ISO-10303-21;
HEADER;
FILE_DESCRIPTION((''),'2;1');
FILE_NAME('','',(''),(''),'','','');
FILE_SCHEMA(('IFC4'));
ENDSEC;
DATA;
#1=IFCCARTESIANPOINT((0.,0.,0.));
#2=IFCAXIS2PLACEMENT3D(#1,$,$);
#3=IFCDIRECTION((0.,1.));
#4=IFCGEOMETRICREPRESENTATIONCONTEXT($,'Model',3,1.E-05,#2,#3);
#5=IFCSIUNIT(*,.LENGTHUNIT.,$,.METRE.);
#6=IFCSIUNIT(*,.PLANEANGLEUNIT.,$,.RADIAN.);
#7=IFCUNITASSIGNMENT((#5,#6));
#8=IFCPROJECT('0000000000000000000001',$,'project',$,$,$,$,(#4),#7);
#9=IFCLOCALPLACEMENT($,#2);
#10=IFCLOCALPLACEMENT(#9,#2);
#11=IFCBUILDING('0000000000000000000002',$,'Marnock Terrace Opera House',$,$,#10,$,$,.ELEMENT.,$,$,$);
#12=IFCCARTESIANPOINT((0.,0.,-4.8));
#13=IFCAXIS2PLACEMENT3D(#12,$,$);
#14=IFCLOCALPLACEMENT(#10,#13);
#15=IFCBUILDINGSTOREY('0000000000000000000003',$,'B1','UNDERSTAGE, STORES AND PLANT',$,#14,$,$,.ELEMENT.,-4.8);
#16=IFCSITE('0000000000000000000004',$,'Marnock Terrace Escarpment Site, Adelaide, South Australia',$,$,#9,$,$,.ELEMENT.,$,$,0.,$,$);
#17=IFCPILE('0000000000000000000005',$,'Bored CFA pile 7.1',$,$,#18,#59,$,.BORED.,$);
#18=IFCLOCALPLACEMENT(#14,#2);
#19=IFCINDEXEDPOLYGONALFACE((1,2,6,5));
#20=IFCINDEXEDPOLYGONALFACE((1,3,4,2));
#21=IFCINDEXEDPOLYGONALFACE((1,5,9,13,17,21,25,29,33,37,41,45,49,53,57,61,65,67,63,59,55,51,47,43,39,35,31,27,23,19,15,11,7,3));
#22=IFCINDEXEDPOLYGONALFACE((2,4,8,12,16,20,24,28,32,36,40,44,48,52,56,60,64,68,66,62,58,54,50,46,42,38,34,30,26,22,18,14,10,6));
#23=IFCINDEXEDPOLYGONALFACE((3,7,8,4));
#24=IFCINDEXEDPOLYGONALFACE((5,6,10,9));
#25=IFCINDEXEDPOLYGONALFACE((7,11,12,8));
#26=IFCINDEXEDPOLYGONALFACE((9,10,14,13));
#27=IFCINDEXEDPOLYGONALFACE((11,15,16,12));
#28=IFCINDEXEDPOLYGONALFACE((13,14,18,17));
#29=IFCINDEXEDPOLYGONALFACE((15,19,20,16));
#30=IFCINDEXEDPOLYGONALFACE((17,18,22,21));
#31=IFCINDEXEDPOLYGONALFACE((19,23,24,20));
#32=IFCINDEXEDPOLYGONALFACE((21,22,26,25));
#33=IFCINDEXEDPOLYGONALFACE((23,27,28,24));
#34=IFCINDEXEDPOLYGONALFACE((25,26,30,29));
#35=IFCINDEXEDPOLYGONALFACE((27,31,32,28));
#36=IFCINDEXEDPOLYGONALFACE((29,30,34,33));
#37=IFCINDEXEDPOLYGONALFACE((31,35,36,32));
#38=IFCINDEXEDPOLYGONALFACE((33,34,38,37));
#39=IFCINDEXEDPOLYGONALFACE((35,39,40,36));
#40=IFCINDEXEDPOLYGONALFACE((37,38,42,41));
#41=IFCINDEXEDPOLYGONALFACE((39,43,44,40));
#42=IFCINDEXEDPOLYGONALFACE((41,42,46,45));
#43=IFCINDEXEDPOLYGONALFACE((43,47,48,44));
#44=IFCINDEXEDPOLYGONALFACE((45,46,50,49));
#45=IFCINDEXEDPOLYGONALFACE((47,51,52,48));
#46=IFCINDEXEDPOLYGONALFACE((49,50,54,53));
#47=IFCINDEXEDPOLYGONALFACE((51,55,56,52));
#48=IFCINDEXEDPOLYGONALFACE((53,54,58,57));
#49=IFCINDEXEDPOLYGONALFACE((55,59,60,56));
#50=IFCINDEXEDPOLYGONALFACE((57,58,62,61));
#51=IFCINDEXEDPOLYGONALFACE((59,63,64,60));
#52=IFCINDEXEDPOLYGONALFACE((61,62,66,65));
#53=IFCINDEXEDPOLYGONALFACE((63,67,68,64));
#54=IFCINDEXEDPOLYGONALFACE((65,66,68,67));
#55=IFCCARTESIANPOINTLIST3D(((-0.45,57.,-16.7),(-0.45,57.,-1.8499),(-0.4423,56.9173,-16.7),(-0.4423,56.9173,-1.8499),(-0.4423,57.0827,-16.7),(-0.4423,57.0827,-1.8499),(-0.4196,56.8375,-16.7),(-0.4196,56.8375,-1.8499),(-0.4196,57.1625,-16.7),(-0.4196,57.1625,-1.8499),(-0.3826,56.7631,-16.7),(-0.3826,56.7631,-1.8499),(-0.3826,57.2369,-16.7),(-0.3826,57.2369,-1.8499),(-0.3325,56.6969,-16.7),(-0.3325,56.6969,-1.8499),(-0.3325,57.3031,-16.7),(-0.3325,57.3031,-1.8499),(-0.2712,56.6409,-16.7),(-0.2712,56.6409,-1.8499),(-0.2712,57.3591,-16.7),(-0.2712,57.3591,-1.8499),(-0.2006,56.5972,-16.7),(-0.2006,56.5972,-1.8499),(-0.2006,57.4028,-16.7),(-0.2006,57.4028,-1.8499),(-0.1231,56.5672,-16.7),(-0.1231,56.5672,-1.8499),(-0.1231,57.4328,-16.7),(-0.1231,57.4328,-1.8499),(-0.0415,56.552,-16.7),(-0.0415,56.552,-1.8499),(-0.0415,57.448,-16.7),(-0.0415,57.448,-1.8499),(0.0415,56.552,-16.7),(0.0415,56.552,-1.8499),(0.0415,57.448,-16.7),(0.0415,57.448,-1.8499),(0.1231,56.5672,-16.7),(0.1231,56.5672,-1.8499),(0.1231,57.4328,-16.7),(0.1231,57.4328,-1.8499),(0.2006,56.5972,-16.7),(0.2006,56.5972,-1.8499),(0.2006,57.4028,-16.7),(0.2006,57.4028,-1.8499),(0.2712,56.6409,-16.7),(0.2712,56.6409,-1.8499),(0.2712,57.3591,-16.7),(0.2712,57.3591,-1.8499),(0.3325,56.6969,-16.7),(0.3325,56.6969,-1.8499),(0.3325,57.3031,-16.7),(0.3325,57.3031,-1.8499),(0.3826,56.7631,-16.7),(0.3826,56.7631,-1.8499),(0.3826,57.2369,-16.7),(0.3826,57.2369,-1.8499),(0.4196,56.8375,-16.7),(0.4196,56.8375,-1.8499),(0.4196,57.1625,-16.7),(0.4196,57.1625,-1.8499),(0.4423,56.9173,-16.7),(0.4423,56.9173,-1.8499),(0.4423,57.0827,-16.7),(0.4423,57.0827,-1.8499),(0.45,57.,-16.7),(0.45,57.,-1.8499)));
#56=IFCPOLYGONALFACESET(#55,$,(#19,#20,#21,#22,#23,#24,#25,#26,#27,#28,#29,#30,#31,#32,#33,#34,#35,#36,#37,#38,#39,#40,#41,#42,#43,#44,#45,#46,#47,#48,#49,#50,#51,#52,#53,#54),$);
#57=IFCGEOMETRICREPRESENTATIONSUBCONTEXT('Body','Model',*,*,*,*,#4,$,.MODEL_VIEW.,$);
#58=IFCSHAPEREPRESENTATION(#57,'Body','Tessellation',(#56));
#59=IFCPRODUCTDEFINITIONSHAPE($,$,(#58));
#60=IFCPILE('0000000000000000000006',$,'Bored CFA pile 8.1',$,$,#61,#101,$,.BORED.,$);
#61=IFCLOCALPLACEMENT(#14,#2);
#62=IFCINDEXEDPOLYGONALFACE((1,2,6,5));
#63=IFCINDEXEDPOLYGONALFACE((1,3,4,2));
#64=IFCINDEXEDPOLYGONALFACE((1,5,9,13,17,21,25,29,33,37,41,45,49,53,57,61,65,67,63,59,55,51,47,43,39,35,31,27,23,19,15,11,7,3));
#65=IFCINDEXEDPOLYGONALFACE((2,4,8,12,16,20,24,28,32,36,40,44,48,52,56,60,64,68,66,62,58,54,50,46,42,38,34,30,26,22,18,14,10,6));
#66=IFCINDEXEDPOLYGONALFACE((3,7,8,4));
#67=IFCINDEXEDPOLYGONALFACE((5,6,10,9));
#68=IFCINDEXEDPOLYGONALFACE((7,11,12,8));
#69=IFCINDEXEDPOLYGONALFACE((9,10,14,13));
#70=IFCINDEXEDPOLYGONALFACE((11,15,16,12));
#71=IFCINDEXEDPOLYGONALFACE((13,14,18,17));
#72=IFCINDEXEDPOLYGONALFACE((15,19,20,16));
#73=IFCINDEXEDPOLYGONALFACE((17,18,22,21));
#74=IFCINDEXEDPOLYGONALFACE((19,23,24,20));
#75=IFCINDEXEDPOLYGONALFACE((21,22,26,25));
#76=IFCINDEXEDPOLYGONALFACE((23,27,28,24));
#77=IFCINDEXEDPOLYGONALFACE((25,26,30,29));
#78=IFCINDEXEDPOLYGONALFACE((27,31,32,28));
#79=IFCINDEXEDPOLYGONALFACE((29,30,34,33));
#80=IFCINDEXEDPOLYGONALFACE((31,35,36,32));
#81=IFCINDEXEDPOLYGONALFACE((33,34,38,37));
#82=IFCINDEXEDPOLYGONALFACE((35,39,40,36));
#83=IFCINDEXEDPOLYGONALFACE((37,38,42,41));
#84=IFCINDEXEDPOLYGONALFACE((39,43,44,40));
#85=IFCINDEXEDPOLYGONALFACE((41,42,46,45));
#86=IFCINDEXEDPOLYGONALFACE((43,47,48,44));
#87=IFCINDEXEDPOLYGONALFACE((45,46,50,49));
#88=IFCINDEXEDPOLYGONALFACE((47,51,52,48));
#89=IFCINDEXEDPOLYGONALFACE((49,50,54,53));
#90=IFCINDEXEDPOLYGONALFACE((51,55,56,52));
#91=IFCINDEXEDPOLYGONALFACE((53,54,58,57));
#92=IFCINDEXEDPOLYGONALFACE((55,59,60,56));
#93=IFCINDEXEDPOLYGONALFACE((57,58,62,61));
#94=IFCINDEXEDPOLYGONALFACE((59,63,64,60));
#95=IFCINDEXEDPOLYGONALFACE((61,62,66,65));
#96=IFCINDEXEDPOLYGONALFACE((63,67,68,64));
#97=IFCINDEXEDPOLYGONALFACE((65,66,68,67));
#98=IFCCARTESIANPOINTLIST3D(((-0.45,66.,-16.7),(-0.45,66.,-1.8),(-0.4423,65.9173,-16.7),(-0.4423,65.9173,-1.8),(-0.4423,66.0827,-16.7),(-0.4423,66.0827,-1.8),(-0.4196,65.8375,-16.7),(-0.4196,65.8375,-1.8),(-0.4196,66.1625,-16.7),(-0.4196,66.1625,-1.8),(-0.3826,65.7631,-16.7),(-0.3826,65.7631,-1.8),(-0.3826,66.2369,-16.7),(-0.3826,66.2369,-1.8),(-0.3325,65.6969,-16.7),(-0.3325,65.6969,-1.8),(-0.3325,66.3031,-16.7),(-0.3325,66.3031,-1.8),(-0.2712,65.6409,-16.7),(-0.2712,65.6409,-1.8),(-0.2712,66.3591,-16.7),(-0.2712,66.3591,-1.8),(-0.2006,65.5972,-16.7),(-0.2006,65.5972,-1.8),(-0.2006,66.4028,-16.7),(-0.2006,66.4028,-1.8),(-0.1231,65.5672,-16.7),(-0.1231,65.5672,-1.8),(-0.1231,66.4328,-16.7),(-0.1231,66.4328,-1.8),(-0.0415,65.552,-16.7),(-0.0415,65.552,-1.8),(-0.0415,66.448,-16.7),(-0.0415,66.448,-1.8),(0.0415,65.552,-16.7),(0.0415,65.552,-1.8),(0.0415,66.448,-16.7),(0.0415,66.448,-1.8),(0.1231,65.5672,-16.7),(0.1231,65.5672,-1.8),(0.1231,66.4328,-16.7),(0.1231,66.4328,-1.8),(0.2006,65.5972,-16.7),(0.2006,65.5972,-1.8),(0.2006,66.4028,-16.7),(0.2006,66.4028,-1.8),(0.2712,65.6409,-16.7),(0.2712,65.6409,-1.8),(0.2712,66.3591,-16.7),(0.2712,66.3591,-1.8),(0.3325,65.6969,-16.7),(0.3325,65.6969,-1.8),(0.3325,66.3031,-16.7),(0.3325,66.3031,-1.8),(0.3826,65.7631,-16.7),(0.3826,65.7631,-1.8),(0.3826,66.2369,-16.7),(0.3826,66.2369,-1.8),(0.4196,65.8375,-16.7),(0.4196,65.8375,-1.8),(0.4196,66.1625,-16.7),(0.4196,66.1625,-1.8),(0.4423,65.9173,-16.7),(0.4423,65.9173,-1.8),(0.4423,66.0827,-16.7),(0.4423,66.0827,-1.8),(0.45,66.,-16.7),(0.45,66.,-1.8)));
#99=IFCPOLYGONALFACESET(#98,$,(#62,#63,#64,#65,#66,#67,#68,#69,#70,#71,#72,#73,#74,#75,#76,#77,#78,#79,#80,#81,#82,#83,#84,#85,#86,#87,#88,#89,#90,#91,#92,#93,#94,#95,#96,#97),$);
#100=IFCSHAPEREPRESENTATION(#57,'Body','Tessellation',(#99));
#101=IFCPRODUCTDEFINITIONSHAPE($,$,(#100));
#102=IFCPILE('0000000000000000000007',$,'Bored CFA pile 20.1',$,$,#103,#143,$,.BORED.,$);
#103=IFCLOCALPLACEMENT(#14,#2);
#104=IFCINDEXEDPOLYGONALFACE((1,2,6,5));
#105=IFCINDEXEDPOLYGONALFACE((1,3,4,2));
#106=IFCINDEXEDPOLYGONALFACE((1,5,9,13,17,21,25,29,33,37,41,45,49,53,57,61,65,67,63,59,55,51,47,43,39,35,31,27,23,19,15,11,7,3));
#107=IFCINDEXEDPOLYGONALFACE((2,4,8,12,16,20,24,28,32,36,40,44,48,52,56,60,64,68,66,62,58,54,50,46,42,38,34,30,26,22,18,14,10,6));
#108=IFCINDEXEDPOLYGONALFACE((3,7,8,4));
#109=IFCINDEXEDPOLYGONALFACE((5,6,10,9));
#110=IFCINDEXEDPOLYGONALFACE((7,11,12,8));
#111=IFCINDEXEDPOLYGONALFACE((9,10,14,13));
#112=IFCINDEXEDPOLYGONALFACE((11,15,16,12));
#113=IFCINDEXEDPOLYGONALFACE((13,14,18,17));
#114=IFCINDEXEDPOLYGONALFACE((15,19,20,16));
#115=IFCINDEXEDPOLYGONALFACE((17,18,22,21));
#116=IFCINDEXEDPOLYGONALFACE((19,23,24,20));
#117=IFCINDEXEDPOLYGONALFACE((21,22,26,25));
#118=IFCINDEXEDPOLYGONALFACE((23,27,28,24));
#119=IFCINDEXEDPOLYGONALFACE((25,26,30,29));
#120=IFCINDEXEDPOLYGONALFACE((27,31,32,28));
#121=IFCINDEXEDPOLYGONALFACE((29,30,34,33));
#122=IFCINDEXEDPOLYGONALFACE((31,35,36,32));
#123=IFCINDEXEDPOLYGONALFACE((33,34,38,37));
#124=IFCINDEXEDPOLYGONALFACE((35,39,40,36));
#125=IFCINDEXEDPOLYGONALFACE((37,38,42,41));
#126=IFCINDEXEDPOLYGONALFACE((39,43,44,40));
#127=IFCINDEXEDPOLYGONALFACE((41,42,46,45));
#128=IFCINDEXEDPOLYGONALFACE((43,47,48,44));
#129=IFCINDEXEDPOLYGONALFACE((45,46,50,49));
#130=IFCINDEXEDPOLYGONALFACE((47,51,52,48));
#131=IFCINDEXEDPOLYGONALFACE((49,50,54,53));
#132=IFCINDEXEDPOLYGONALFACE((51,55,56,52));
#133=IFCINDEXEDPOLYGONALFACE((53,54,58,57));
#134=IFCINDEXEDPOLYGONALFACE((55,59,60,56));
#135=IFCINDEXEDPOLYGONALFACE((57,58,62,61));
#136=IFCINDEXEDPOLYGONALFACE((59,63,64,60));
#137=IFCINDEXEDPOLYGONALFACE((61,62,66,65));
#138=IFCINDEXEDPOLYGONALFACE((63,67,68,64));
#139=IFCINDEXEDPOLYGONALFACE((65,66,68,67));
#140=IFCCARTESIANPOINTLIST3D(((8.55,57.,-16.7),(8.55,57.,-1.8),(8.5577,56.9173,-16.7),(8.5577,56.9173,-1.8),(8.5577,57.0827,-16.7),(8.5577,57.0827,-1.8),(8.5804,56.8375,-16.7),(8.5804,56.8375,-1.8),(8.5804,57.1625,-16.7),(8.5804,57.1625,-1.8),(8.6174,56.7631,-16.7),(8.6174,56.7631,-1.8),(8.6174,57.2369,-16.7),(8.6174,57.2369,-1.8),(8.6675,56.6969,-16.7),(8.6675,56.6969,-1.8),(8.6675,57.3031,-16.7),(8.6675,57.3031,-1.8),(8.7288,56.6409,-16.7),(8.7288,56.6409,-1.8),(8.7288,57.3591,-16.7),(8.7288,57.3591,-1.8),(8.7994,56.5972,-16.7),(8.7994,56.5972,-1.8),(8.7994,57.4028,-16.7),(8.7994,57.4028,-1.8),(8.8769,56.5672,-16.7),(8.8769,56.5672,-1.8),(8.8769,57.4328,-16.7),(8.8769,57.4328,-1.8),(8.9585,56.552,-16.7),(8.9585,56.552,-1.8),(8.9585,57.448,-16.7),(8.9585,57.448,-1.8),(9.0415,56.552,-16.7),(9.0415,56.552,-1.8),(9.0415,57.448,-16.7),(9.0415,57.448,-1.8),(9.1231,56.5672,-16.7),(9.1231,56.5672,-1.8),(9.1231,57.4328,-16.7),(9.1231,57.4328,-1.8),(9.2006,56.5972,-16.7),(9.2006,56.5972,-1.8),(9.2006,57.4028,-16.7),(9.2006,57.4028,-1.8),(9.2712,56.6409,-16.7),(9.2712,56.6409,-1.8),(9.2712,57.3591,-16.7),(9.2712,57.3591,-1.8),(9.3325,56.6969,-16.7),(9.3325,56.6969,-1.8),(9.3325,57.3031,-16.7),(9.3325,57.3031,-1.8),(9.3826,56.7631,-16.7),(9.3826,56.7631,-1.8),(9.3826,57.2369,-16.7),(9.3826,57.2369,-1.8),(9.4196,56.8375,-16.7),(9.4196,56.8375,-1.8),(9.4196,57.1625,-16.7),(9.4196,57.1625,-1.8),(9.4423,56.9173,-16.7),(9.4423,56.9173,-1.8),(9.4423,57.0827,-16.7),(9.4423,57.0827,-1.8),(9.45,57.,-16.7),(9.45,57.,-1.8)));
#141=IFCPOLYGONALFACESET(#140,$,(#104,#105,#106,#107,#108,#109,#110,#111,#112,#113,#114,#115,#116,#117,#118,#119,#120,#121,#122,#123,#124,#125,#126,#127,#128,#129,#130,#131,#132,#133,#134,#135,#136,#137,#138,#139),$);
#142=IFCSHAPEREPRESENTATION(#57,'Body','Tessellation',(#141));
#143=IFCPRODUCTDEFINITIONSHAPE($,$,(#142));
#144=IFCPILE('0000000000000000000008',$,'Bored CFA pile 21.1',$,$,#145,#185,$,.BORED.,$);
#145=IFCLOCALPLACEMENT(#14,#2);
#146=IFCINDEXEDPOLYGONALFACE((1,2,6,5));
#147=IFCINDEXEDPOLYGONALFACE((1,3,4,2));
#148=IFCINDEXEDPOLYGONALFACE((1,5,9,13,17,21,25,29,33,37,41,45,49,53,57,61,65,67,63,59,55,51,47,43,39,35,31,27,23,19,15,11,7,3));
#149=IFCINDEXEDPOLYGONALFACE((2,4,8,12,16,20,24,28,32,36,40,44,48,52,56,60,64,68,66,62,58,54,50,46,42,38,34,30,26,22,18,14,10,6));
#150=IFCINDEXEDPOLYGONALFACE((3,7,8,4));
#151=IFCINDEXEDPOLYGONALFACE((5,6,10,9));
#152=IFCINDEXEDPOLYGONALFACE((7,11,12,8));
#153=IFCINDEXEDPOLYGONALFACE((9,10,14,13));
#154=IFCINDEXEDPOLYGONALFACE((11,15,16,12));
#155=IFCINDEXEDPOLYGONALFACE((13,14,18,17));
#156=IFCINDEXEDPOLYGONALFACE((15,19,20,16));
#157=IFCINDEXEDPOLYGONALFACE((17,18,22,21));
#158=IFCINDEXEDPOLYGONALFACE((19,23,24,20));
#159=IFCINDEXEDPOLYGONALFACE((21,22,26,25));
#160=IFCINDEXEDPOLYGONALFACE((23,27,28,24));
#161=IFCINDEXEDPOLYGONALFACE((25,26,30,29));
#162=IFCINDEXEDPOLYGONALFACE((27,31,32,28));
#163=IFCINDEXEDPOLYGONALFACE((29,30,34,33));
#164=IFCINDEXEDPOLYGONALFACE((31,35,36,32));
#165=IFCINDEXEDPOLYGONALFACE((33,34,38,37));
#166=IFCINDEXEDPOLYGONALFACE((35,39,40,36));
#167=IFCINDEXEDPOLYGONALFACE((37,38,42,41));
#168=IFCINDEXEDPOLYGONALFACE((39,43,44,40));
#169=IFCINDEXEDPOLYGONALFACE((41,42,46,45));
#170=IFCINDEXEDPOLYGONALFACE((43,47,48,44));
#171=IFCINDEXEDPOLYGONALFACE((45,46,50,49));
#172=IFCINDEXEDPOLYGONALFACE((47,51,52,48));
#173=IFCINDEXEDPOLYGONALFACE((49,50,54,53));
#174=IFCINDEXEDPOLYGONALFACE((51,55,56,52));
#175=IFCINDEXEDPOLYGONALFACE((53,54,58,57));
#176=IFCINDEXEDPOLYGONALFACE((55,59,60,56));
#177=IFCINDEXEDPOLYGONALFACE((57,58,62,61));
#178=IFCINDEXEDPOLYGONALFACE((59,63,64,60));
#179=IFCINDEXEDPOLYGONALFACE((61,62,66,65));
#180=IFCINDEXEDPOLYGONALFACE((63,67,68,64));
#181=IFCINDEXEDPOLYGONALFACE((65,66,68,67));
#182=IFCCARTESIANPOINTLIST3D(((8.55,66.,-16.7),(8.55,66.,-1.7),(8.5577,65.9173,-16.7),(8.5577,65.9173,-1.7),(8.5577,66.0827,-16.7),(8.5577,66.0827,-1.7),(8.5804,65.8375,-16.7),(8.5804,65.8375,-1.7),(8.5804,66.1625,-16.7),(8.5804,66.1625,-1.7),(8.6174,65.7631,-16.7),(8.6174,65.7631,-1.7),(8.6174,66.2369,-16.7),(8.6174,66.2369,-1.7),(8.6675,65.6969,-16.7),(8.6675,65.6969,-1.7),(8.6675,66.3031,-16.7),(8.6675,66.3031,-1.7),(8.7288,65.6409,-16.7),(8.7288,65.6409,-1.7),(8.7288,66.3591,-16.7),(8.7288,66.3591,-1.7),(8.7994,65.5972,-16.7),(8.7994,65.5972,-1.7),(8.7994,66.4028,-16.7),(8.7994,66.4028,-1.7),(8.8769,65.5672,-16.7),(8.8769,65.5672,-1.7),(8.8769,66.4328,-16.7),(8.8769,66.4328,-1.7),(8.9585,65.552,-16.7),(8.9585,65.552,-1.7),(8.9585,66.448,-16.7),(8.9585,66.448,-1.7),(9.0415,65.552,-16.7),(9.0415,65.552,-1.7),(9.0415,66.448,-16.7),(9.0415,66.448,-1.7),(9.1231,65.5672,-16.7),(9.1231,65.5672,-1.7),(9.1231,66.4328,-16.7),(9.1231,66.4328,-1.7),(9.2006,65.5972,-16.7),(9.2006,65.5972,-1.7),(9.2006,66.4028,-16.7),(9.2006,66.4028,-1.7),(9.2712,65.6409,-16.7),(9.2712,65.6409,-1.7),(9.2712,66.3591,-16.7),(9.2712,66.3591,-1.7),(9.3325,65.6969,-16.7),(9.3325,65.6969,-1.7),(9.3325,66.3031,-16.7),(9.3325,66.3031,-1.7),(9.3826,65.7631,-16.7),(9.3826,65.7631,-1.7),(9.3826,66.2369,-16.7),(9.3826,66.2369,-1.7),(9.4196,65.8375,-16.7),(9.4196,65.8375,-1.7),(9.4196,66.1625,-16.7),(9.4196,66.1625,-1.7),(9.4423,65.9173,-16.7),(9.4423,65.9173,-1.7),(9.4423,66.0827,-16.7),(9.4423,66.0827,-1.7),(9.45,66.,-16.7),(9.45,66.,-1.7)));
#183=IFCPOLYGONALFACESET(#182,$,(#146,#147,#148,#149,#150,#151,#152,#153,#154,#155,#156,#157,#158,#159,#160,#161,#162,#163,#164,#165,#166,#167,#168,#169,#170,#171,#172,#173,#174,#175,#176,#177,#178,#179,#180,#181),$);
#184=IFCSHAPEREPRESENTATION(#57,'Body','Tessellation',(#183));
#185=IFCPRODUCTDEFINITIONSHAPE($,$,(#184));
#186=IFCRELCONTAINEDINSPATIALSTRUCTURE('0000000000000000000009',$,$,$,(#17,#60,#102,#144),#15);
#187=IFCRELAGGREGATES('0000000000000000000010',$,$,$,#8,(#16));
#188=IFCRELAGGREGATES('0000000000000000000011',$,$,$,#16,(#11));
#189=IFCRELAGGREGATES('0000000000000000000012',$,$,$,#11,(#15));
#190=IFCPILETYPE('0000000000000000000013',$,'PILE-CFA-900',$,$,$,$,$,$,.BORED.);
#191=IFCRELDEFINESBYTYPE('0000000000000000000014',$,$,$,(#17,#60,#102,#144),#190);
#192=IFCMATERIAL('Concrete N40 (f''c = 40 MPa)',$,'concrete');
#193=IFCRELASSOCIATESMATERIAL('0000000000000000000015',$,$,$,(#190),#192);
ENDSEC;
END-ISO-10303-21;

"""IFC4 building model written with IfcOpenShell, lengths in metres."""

from ifc_helpers import new_model, si_unit, direction, frame, origin, origin_2d, place, context, subcontext, project, spatial, circle, extrude, material, material_profile, profile_set, type_object, element, save


model = new_model("IFC4")

# Units and contexts
model_context = context("Model", 3, precision=1e-05, world=origin(), true_north=direction((0.0, 1.0)))
body_context = subcontext(model_context, "Body", "Model", "MODEL_VIEW")
ifc_project = project(units=[si_unit("LENGTHUNIT", "METRE"), si_unit("PLANEANGLEUNIT", "RADIAN")], contexts=[model_context])

# Site, building, storey
site_placement = place(None, origin())
site = spatial("IfcSite", under=ifc_project, at=site_placement, Name="Marnock Terrace Escarpment Site, Adelaide, South Australia", CompositionType="ELEMENT", RefElevation=0.0)
building_placement = place(site_placement, origin())
building = spatial("IfcBuilding", under=site, at=building_placement, Name="Marnock Terrace Opera House", CompositionType="ELEMENT")
storey_placement = place(building_placement, frame((0.0, 0.0, -4.8)))
storey = spatial("IfcBuildingStorey", under=building, at=storey_placement, Name="B1", Description="UNDERSTAGE, STORES AND PLANT", CompositionType="ELEMENT", Elevation=-4.8)

# Shared definitions
ifc_material_1 = material(Name="Concrete N40 (f'c = 40 MPa)", Category="concrete")

# Piles
ifc_material_profile_1 = material_profile(ifc_material_1, circle(Radius=0.45, at=origin_2d()))
ifc_profile_set_1 = profile_set([ifc_material_profile_1], Name="Concrete N40 (f'c = 40 MPa)")
pile_type = type_object("IfcPileType", Name="PILE-CFA-900", PredefinedType="BORED", material=ifc_profile_set_1)
pile_1_placement = place(storey_placement, frame((0.0, 57.0, -1.8499), z_axis=(0.0, 0.0, -1.0), x_axis=(1.0, 0.0, 0.0)))
element("IfcPile", 1, at=pile_1_placement, inside=storey, type_object=pile_type, Name="Bored CFA pile 7.1", PredefinedType="BORED", context=body_context, shape_type="SweptSolid", body=[
    extrude(circle(Radius=0.45, at=origin_2d()), origin(), (0.0, 0.0, 1.0), 14.8501),
])
for number, where, z_axis, x_axis, name in (
    (2, (0.0, 66.0, -1.8), (0.0, 0.0, -1.0), (1.0, 0.0, 0.0), "Bored CFA pile 8.1"),
    (3, (9.0, 57.0, -1.8), (0.0, 0.0, -1.0), (1.0, 0.0, 0.0), "Bored CFA pile 20.1"),
):
    element("IfcPile", number, at=place(storey_placement, frame(where, z_axis=z_axis, x_axis=x_axis)), inside=storey, type_object=pile_type, Name=name, PredefinedType="BORED", context=body_context, shape_type="SweptSolid", body=[
        extrude(circle(Radius=0.45, at=origin_2d()), origin(), (0.0, 0.0, 1.0), 14.8999),
    ])
for number, where, z_axis, x_axis, name in (
    (4, (9.0, 66.0, -1.7), (0.0, 0.0, -1.0), (1.0, 0.0, 0.0), "Bored CFA pile 21.1"),
):
    element("IfcPile", number, at=place(storey_placement, frame(where, z_axis=z_axis, x_axis=x_axis)), inside=storey, type_object=pile_type, Name=name, PredefinedType="BORED", context=body_context, shape_type="SweptSolid", body=[
        extrude(circle(Radius=0.45, at=origin_2d()), origin(), (0.0, 0.0, 1.0), 15.0),
    ])

save(model, "model.ifc")
